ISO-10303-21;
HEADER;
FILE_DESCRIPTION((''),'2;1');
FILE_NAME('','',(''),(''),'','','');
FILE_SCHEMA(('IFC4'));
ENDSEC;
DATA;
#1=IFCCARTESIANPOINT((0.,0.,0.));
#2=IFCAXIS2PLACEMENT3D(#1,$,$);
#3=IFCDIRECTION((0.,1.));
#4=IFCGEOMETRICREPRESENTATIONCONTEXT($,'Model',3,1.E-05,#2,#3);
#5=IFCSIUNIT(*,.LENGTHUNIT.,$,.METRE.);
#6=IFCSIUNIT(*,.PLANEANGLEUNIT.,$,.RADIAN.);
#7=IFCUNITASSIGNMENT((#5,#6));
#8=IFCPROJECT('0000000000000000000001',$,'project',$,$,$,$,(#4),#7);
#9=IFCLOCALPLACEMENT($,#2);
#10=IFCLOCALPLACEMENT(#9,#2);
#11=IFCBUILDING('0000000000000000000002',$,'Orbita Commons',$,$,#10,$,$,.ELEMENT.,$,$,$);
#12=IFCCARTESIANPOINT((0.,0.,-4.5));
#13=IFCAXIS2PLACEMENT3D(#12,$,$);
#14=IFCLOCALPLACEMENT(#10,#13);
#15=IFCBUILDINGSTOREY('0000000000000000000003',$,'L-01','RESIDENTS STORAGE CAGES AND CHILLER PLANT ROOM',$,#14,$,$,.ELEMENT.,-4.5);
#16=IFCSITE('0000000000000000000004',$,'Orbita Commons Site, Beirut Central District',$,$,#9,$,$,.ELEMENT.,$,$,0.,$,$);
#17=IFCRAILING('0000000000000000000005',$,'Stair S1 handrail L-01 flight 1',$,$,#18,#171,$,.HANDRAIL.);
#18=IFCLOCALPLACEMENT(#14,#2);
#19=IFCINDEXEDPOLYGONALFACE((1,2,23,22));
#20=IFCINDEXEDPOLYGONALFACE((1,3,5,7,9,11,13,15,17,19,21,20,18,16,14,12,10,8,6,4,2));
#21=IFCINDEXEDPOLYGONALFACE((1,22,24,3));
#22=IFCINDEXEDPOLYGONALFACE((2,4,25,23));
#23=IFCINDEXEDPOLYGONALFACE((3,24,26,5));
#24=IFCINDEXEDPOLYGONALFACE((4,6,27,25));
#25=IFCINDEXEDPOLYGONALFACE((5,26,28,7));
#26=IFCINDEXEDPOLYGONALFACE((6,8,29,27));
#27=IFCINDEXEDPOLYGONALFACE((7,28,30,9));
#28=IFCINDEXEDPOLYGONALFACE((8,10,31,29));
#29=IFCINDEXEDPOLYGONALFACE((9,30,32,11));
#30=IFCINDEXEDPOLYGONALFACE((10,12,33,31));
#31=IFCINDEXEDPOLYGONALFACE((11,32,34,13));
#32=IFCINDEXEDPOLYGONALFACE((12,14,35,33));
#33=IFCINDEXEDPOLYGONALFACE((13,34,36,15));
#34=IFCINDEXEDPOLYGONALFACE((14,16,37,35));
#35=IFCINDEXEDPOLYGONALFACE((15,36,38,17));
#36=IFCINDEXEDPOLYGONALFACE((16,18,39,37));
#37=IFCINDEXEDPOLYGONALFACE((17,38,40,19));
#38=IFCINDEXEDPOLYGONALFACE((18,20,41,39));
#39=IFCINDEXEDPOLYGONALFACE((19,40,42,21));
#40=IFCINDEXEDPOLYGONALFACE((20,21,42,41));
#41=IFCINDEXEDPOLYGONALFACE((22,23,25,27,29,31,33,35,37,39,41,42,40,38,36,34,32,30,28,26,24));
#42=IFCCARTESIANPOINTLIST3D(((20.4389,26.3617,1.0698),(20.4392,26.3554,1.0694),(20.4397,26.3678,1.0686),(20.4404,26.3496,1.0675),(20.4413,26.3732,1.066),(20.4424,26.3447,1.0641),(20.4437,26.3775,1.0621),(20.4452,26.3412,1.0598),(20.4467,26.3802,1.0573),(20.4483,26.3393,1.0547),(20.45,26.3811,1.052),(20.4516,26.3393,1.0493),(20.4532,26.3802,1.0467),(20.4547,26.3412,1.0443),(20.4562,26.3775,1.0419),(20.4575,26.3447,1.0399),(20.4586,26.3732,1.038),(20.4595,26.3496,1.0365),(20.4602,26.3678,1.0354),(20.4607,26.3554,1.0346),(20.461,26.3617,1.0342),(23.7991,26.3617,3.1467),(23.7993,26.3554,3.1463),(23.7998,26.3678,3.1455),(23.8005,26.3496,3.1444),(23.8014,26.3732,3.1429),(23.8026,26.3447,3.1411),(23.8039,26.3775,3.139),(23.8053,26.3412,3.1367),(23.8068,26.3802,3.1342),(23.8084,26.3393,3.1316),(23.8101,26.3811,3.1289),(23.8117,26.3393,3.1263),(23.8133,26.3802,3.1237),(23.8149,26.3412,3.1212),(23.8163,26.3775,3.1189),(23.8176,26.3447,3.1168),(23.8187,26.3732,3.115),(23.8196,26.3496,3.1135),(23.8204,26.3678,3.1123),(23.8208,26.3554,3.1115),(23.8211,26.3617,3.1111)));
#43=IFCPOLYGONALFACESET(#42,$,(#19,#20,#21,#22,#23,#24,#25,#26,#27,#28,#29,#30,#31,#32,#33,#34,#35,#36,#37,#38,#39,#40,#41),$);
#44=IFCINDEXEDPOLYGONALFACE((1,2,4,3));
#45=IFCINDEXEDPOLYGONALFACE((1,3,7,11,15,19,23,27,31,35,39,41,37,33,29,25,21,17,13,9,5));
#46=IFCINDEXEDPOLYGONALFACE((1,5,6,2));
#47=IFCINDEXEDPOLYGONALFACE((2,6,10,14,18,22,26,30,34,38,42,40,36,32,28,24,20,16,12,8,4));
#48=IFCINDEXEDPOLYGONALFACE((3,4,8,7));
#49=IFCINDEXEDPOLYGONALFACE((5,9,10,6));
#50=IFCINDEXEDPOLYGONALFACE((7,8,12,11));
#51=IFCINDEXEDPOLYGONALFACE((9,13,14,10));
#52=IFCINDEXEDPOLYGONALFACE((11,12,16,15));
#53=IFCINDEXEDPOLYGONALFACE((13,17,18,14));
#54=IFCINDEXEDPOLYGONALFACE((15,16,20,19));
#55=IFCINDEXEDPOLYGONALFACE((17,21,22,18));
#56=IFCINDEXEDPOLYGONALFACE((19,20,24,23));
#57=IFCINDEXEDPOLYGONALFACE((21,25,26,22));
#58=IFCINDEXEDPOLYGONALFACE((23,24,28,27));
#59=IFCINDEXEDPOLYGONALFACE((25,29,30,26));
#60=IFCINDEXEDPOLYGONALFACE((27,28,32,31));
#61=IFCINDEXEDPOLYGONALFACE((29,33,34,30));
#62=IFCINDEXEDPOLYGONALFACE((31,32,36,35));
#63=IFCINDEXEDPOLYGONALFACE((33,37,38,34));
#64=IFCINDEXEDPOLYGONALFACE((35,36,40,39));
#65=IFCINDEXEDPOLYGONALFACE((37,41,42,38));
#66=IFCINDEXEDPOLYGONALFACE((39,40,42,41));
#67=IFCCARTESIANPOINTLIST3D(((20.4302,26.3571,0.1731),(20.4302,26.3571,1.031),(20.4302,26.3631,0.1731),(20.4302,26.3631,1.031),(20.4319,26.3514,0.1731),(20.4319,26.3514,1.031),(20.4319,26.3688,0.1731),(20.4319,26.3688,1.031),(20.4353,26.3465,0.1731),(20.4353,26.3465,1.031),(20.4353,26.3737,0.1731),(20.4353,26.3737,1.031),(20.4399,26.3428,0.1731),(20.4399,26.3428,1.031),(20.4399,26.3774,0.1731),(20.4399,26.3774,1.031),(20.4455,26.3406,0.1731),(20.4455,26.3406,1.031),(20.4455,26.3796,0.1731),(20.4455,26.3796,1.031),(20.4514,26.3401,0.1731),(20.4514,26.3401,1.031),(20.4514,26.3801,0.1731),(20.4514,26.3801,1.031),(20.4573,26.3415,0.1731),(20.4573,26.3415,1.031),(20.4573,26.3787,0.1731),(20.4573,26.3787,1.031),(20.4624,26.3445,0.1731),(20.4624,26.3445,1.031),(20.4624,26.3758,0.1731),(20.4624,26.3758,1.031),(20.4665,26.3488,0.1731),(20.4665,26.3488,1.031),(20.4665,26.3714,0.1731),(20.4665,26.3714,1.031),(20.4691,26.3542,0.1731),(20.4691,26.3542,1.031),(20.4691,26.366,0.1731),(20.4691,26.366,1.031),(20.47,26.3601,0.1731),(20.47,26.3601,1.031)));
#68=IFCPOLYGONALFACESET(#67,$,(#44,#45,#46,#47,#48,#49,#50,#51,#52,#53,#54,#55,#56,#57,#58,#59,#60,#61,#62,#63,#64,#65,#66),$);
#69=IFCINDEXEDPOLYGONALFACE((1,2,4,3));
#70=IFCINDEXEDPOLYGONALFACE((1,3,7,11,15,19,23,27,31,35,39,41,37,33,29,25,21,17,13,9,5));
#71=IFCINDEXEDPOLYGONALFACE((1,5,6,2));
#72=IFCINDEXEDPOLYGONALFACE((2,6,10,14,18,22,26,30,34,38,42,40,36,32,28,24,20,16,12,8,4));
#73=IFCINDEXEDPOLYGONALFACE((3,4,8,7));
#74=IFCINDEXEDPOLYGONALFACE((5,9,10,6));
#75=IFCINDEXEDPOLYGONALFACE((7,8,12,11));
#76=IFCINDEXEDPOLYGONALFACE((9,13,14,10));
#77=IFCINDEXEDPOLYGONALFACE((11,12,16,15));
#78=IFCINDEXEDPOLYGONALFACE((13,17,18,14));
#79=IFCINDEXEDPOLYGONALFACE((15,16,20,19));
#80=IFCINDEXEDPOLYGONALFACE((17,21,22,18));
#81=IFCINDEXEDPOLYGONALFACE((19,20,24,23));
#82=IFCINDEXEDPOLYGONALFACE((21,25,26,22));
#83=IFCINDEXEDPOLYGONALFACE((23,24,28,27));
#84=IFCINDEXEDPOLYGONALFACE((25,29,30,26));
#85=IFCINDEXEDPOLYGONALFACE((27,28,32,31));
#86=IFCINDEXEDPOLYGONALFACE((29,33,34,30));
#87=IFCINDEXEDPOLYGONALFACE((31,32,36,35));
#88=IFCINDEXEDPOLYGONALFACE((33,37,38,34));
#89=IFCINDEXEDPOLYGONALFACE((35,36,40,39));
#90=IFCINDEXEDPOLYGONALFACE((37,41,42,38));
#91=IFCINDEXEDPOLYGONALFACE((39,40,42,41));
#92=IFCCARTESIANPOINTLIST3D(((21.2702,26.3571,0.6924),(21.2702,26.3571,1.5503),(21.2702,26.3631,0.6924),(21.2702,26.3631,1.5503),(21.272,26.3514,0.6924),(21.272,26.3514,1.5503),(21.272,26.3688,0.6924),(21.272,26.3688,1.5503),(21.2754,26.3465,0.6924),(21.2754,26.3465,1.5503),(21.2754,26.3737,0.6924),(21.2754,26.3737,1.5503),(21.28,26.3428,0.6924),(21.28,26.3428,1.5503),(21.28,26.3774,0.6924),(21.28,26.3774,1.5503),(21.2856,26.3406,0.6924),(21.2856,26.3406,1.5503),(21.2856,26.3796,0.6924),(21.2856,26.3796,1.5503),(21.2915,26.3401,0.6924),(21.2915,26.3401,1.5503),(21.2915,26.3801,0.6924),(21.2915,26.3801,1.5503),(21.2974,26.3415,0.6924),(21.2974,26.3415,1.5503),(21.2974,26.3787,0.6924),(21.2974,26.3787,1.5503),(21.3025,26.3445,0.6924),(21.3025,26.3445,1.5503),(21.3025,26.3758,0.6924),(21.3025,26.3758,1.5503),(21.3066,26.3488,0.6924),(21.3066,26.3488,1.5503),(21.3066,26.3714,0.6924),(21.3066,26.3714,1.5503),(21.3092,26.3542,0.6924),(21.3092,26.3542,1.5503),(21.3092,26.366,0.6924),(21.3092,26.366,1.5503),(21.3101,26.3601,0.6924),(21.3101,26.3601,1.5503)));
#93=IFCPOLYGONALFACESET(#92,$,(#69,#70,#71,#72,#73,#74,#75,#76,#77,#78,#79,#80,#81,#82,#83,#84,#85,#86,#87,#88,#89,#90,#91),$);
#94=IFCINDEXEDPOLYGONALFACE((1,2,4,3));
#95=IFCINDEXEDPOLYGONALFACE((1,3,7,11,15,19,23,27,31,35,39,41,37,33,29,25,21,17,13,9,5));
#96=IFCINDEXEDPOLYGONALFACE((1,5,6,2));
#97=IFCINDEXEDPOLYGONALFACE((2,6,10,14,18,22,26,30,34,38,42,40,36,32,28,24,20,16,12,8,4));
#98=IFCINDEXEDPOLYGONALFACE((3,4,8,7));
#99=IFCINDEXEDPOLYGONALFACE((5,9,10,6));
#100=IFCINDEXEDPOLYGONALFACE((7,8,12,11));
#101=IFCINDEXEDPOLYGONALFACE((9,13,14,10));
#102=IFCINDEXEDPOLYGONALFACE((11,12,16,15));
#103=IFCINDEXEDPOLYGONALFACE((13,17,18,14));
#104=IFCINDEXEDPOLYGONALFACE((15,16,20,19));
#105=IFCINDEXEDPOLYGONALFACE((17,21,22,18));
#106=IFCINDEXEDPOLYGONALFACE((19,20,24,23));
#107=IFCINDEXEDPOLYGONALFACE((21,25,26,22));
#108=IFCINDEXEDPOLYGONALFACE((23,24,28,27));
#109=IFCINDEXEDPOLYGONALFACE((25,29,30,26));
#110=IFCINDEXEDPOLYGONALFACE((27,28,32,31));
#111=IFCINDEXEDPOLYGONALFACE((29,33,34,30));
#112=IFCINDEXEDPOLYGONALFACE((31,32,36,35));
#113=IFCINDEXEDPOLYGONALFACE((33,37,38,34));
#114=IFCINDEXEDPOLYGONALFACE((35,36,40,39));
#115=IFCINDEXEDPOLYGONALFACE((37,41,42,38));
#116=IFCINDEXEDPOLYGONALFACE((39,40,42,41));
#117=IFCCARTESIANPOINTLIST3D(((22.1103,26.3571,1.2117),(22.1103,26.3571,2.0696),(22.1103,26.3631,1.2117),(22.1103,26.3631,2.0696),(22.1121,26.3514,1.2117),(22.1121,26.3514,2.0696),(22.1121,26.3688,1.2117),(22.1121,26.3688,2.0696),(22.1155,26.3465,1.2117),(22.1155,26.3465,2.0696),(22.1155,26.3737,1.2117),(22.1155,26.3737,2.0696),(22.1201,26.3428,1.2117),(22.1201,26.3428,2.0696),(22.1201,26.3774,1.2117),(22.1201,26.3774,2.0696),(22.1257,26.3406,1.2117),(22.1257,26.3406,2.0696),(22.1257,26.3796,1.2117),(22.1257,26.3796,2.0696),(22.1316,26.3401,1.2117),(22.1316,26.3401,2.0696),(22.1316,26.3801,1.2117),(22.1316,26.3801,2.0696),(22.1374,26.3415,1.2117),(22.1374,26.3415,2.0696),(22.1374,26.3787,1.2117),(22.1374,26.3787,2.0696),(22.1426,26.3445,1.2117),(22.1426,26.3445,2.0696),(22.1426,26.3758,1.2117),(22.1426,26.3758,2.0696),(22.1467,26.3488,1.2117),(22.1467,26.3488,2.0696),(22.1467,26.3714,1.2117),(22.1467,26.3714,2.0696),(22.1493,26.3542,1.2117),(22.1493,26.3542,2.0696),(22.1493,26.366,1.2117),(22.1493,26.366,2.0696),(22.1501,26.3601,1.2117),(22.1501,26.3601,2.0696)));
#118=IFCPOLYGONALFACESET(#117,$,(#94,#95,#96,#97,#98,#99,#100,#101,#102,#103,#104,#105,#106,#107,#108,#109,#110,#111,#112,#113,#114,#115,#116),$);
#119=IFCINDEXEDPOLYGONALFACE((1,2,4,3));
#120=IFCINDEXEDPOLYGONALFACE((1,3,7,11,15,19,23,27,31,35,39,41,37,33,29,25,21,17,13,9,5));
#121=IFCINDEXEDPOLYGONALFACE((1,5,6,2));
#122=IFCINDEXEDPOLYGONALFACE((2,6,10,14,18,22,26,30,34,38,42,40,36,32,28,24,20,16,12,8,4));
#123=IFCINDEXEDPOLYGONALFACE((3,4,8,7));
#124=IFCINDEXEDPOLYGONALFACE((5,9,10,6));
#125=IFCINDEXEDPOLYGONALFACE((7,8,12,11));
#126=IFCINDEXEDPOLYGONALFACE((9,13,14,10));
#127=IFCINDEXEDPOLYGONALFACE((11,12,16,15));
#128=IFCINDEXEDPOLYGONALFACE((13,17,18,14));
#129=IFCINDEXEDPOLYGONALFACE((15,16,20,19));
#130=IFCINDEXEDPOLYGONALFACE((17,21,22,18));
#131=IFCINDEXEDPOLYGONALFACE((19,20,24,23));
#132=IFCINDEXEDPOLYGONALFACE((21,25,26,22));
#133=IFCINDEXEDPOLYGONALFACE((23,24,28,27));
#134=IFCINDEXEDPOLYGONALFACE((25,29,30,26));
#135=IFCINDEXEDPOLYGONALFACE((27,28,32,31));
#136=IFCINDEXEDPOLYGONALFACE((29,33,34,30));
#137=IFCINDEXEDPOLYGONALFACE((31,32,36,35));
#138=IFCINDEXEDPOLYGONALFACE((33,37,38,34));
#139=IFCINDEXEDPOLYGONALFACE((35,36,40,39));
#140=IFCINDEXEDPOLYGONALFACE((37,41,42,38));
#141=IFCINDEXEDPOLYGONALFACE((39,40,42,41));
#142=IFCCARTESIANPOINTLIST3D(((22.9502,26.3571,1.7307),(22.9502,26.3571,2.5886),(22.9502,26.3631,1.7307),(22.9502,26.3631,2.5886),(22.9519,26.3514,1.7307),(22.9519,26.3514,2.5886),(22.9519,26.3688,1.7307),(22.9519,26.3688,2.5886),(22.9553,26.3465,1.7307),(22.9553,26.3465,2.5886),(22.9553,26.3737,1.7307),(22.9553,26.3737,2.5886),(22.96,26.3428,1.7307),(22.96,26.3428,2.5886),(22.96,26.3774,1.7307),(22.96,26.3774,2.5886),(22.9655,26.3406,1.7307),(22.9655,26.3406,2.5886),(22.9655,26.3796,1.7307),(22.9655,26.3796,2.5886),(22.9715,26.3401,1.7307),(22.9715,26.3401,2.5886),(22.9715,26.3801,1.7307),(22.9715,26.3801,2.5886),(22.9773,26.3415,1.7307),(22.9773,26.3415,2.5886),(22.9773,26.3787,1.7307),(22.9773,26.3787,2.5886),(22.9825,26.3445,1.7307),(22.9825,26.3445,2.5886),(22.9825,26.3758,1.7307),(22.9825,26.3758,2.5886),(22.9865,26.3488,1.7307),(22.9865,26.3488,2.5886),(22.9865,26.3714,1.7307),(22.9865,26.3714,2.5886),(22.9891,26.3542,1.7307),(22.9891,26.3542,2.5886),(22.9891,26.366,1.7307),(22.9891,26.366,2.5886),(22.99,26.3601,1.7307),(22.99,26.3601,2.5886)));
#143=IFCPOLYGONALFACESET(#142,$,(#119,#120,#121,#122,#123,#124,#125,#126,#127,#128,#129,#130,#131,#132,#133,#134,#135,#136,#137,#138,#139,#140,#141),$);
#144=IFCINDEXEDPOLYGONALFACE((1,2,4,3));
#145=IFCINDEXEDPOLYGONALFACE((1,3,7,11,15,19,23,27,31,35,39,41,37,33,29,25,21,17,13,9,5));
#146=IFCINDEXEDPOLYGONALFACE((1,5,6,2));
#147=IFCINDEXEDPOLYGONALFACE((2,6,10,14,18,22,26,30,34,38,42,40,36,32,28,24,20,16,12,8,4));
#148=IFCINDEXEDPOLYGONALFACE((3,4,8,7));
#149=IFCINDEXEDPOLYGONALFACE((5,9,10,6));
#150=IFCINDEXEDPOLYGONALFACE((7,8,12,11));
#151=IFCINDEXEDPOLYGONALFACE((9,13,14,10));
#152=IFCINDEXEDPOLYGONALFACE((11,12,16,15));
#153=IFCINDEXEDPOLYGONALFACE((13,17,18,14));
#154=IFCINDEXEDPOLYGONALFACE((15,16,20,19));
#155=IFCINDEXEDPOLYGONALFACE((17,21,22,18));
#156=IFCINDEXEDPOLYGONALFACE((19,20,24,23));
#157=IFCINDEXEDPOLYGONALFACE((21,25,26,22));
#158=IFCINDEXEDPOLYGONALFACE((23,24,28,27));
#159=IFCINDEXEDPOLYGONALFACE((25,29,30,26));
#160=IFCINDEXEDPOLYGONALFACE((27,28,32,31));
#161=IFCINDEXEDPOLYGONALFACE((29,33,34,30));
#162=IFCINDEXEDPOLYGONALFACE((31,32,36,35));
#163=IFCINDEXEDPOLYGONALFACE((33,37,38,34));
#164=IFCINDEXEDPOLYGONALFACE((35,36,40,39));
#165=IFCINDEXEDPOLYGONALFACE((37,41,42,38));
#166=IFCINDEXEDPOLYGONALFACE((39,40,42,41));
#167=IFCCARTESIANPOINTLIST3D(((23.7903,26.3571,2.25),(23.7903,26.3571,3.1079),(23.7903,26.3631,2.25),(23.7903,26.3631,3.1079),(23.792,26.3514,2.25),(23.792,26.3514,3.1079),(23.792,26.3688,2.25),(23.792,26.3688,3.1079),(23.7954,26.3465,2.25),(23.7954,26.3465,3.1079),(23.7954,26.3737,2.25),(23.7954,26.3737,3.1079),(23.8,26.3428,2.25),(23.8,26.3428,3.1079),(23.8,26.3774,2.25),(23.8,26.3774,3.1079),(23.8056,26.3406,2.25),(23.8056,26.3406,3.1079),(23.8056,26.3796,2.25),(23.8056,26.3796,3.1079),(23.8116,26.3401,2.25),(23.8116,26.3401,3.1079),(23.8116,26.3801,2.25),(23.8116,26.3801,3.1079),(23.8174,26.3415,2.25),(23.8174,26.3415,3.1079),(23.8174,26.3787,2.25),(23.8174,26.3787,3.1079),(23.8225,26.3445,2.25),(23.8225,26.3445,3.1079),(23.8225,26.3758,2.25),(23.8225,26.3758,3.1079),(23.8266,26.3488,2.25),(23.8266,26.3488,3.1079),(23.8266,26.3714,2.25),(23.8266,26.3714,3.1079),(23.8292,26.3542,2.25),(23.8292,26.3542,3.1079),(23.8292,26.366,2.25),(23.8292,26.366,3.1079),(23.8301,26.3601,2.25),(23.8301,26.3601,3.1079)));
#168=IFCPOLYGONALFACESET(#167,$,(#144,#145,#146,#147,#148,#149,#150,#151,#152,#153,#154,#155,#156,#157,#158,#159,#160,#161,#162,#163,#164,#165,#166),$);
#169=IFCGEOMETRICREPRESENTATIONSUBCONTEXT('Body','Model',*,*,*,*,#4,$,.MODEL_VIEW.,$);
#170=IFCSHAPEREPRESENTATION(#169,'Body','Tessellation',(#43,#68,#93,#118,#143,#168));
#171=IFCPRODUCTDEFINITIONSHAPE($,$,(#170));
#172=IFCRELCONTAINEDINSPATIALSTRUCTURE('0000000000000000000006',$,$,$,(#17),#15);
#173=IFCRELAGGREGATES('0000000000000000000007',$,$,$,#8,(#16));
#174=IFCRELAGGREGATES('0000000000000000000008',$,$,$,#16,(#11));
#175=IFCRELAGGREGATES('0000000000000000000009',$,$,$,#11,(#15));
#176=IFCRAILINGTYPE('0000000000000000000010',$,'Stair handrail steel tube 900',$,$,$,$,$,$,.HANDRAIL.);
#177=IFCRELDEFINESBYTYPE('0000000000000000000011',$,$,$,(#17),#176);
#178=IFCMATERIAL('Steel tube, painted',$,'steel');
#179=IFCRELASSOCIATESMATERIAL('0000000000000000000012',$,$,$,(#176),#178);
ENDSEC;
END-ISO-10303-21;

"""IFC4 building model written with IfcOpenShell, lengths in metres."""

from ifc_helpers import new_model, si_unit, direction, frame, origin, origin_2d, place, context, subcontext, project, spatial, circle, extrude, material, type_object, element, save


model = new_model("IFC4")

# Units and contexts
model_context = context("Model", 3, precision=1e-05, world=origin(), true_north=direction((0.0, 1.0)))
body_context = subcontext(model_context, "Body", "Model", "MODEL_VIEW")
ifc_project = project(units=[si_unit("LENGTHUNIT", "METRE"), si_unit("PLANEANGLEUNIT", "RADIAN")], contexts=[model_context])

# Site, building, storey
site_placement = place(None, origin())
site = spatial("IfcSite", under=ifc_project, at=site_placement, Name="Orbita Commons Site, Beirut Central District", CompositionType="ELEMENT", RefElevation=0.0)
building_placement = place(site_placement, origin())
building = spatial("IfcBuilding", under=site, at=building_placement, Name="Orbita Commons", CompositionType="ELEMENT")
storey_placement = place(building_placement, frame((0.0, 0.0, -4.5)))
storey = spatial("IfcBuildingStorey", under=building, at=storey_placement, Name="L-01", Description="RESIDENTS STORAGE CAGES AND CHILLER PLANT ROOM", CompositionType="ELEMENT", Elevation=-4.5)

# Railing
ifc_material = material(Name="Steel tube, painted", Category="steel")
railing_type = type_object("IfcRailingType", Name="Stair handrail steel tube 900", PredefinedType="HANDRAIL", material=ifc_material)
for number, where, name in (
    (1, (20.45, 26.3601, 0.1731), "Stair S1 handrail L-01 flight 1"),
):
    element("IfcRailing", number, at=place(storey_placement, frame(where)), inside=storey, type_object=railing_type, Name=name, PredefinedType="HANDRAIL", context=body_context, shape_type="SweptSolid", body=[
        extrude(circle(Radius=0.021, at=origin_2d()), frame((0.0, 0.0, 0.8789), z_axis=(0.850623, 0.0, 0.525776), x_axis=(0.0, 1.0, 0.0)), (0.0, 0.0, 1.0), 3.9502),
        extrude(circle(Radius=0.02, at=origin_2d()), origin(), (0.0, 0.0, 1.0), 0.8579),
        extrude(circle(Radius=0.02, at=origin_2d()), frame((0.8401, 0.0, 0.5193)), (0.0, 0.0, 1.0), 0.8579),
        extrude(circle(Radius=0.02, at=origin_2d()), frame((1.6802, 0.0, 1.0386)), (0.0, 0.0, 1.0), 0.8579),
        extrude(circle(Radius=0.02, at=origin_2d()), frame((2.52, 0.0, 1.5576)), (0.0, 0.0, 1.0), 0.8579),
        extrude(circle(Radius=0.02, at=origin_2d()), frame((3.3601, 0.0, 2.0769)), (0.0, 0.0, 1.0), 0.8579),
    ])

save(model, "model.ifc")
